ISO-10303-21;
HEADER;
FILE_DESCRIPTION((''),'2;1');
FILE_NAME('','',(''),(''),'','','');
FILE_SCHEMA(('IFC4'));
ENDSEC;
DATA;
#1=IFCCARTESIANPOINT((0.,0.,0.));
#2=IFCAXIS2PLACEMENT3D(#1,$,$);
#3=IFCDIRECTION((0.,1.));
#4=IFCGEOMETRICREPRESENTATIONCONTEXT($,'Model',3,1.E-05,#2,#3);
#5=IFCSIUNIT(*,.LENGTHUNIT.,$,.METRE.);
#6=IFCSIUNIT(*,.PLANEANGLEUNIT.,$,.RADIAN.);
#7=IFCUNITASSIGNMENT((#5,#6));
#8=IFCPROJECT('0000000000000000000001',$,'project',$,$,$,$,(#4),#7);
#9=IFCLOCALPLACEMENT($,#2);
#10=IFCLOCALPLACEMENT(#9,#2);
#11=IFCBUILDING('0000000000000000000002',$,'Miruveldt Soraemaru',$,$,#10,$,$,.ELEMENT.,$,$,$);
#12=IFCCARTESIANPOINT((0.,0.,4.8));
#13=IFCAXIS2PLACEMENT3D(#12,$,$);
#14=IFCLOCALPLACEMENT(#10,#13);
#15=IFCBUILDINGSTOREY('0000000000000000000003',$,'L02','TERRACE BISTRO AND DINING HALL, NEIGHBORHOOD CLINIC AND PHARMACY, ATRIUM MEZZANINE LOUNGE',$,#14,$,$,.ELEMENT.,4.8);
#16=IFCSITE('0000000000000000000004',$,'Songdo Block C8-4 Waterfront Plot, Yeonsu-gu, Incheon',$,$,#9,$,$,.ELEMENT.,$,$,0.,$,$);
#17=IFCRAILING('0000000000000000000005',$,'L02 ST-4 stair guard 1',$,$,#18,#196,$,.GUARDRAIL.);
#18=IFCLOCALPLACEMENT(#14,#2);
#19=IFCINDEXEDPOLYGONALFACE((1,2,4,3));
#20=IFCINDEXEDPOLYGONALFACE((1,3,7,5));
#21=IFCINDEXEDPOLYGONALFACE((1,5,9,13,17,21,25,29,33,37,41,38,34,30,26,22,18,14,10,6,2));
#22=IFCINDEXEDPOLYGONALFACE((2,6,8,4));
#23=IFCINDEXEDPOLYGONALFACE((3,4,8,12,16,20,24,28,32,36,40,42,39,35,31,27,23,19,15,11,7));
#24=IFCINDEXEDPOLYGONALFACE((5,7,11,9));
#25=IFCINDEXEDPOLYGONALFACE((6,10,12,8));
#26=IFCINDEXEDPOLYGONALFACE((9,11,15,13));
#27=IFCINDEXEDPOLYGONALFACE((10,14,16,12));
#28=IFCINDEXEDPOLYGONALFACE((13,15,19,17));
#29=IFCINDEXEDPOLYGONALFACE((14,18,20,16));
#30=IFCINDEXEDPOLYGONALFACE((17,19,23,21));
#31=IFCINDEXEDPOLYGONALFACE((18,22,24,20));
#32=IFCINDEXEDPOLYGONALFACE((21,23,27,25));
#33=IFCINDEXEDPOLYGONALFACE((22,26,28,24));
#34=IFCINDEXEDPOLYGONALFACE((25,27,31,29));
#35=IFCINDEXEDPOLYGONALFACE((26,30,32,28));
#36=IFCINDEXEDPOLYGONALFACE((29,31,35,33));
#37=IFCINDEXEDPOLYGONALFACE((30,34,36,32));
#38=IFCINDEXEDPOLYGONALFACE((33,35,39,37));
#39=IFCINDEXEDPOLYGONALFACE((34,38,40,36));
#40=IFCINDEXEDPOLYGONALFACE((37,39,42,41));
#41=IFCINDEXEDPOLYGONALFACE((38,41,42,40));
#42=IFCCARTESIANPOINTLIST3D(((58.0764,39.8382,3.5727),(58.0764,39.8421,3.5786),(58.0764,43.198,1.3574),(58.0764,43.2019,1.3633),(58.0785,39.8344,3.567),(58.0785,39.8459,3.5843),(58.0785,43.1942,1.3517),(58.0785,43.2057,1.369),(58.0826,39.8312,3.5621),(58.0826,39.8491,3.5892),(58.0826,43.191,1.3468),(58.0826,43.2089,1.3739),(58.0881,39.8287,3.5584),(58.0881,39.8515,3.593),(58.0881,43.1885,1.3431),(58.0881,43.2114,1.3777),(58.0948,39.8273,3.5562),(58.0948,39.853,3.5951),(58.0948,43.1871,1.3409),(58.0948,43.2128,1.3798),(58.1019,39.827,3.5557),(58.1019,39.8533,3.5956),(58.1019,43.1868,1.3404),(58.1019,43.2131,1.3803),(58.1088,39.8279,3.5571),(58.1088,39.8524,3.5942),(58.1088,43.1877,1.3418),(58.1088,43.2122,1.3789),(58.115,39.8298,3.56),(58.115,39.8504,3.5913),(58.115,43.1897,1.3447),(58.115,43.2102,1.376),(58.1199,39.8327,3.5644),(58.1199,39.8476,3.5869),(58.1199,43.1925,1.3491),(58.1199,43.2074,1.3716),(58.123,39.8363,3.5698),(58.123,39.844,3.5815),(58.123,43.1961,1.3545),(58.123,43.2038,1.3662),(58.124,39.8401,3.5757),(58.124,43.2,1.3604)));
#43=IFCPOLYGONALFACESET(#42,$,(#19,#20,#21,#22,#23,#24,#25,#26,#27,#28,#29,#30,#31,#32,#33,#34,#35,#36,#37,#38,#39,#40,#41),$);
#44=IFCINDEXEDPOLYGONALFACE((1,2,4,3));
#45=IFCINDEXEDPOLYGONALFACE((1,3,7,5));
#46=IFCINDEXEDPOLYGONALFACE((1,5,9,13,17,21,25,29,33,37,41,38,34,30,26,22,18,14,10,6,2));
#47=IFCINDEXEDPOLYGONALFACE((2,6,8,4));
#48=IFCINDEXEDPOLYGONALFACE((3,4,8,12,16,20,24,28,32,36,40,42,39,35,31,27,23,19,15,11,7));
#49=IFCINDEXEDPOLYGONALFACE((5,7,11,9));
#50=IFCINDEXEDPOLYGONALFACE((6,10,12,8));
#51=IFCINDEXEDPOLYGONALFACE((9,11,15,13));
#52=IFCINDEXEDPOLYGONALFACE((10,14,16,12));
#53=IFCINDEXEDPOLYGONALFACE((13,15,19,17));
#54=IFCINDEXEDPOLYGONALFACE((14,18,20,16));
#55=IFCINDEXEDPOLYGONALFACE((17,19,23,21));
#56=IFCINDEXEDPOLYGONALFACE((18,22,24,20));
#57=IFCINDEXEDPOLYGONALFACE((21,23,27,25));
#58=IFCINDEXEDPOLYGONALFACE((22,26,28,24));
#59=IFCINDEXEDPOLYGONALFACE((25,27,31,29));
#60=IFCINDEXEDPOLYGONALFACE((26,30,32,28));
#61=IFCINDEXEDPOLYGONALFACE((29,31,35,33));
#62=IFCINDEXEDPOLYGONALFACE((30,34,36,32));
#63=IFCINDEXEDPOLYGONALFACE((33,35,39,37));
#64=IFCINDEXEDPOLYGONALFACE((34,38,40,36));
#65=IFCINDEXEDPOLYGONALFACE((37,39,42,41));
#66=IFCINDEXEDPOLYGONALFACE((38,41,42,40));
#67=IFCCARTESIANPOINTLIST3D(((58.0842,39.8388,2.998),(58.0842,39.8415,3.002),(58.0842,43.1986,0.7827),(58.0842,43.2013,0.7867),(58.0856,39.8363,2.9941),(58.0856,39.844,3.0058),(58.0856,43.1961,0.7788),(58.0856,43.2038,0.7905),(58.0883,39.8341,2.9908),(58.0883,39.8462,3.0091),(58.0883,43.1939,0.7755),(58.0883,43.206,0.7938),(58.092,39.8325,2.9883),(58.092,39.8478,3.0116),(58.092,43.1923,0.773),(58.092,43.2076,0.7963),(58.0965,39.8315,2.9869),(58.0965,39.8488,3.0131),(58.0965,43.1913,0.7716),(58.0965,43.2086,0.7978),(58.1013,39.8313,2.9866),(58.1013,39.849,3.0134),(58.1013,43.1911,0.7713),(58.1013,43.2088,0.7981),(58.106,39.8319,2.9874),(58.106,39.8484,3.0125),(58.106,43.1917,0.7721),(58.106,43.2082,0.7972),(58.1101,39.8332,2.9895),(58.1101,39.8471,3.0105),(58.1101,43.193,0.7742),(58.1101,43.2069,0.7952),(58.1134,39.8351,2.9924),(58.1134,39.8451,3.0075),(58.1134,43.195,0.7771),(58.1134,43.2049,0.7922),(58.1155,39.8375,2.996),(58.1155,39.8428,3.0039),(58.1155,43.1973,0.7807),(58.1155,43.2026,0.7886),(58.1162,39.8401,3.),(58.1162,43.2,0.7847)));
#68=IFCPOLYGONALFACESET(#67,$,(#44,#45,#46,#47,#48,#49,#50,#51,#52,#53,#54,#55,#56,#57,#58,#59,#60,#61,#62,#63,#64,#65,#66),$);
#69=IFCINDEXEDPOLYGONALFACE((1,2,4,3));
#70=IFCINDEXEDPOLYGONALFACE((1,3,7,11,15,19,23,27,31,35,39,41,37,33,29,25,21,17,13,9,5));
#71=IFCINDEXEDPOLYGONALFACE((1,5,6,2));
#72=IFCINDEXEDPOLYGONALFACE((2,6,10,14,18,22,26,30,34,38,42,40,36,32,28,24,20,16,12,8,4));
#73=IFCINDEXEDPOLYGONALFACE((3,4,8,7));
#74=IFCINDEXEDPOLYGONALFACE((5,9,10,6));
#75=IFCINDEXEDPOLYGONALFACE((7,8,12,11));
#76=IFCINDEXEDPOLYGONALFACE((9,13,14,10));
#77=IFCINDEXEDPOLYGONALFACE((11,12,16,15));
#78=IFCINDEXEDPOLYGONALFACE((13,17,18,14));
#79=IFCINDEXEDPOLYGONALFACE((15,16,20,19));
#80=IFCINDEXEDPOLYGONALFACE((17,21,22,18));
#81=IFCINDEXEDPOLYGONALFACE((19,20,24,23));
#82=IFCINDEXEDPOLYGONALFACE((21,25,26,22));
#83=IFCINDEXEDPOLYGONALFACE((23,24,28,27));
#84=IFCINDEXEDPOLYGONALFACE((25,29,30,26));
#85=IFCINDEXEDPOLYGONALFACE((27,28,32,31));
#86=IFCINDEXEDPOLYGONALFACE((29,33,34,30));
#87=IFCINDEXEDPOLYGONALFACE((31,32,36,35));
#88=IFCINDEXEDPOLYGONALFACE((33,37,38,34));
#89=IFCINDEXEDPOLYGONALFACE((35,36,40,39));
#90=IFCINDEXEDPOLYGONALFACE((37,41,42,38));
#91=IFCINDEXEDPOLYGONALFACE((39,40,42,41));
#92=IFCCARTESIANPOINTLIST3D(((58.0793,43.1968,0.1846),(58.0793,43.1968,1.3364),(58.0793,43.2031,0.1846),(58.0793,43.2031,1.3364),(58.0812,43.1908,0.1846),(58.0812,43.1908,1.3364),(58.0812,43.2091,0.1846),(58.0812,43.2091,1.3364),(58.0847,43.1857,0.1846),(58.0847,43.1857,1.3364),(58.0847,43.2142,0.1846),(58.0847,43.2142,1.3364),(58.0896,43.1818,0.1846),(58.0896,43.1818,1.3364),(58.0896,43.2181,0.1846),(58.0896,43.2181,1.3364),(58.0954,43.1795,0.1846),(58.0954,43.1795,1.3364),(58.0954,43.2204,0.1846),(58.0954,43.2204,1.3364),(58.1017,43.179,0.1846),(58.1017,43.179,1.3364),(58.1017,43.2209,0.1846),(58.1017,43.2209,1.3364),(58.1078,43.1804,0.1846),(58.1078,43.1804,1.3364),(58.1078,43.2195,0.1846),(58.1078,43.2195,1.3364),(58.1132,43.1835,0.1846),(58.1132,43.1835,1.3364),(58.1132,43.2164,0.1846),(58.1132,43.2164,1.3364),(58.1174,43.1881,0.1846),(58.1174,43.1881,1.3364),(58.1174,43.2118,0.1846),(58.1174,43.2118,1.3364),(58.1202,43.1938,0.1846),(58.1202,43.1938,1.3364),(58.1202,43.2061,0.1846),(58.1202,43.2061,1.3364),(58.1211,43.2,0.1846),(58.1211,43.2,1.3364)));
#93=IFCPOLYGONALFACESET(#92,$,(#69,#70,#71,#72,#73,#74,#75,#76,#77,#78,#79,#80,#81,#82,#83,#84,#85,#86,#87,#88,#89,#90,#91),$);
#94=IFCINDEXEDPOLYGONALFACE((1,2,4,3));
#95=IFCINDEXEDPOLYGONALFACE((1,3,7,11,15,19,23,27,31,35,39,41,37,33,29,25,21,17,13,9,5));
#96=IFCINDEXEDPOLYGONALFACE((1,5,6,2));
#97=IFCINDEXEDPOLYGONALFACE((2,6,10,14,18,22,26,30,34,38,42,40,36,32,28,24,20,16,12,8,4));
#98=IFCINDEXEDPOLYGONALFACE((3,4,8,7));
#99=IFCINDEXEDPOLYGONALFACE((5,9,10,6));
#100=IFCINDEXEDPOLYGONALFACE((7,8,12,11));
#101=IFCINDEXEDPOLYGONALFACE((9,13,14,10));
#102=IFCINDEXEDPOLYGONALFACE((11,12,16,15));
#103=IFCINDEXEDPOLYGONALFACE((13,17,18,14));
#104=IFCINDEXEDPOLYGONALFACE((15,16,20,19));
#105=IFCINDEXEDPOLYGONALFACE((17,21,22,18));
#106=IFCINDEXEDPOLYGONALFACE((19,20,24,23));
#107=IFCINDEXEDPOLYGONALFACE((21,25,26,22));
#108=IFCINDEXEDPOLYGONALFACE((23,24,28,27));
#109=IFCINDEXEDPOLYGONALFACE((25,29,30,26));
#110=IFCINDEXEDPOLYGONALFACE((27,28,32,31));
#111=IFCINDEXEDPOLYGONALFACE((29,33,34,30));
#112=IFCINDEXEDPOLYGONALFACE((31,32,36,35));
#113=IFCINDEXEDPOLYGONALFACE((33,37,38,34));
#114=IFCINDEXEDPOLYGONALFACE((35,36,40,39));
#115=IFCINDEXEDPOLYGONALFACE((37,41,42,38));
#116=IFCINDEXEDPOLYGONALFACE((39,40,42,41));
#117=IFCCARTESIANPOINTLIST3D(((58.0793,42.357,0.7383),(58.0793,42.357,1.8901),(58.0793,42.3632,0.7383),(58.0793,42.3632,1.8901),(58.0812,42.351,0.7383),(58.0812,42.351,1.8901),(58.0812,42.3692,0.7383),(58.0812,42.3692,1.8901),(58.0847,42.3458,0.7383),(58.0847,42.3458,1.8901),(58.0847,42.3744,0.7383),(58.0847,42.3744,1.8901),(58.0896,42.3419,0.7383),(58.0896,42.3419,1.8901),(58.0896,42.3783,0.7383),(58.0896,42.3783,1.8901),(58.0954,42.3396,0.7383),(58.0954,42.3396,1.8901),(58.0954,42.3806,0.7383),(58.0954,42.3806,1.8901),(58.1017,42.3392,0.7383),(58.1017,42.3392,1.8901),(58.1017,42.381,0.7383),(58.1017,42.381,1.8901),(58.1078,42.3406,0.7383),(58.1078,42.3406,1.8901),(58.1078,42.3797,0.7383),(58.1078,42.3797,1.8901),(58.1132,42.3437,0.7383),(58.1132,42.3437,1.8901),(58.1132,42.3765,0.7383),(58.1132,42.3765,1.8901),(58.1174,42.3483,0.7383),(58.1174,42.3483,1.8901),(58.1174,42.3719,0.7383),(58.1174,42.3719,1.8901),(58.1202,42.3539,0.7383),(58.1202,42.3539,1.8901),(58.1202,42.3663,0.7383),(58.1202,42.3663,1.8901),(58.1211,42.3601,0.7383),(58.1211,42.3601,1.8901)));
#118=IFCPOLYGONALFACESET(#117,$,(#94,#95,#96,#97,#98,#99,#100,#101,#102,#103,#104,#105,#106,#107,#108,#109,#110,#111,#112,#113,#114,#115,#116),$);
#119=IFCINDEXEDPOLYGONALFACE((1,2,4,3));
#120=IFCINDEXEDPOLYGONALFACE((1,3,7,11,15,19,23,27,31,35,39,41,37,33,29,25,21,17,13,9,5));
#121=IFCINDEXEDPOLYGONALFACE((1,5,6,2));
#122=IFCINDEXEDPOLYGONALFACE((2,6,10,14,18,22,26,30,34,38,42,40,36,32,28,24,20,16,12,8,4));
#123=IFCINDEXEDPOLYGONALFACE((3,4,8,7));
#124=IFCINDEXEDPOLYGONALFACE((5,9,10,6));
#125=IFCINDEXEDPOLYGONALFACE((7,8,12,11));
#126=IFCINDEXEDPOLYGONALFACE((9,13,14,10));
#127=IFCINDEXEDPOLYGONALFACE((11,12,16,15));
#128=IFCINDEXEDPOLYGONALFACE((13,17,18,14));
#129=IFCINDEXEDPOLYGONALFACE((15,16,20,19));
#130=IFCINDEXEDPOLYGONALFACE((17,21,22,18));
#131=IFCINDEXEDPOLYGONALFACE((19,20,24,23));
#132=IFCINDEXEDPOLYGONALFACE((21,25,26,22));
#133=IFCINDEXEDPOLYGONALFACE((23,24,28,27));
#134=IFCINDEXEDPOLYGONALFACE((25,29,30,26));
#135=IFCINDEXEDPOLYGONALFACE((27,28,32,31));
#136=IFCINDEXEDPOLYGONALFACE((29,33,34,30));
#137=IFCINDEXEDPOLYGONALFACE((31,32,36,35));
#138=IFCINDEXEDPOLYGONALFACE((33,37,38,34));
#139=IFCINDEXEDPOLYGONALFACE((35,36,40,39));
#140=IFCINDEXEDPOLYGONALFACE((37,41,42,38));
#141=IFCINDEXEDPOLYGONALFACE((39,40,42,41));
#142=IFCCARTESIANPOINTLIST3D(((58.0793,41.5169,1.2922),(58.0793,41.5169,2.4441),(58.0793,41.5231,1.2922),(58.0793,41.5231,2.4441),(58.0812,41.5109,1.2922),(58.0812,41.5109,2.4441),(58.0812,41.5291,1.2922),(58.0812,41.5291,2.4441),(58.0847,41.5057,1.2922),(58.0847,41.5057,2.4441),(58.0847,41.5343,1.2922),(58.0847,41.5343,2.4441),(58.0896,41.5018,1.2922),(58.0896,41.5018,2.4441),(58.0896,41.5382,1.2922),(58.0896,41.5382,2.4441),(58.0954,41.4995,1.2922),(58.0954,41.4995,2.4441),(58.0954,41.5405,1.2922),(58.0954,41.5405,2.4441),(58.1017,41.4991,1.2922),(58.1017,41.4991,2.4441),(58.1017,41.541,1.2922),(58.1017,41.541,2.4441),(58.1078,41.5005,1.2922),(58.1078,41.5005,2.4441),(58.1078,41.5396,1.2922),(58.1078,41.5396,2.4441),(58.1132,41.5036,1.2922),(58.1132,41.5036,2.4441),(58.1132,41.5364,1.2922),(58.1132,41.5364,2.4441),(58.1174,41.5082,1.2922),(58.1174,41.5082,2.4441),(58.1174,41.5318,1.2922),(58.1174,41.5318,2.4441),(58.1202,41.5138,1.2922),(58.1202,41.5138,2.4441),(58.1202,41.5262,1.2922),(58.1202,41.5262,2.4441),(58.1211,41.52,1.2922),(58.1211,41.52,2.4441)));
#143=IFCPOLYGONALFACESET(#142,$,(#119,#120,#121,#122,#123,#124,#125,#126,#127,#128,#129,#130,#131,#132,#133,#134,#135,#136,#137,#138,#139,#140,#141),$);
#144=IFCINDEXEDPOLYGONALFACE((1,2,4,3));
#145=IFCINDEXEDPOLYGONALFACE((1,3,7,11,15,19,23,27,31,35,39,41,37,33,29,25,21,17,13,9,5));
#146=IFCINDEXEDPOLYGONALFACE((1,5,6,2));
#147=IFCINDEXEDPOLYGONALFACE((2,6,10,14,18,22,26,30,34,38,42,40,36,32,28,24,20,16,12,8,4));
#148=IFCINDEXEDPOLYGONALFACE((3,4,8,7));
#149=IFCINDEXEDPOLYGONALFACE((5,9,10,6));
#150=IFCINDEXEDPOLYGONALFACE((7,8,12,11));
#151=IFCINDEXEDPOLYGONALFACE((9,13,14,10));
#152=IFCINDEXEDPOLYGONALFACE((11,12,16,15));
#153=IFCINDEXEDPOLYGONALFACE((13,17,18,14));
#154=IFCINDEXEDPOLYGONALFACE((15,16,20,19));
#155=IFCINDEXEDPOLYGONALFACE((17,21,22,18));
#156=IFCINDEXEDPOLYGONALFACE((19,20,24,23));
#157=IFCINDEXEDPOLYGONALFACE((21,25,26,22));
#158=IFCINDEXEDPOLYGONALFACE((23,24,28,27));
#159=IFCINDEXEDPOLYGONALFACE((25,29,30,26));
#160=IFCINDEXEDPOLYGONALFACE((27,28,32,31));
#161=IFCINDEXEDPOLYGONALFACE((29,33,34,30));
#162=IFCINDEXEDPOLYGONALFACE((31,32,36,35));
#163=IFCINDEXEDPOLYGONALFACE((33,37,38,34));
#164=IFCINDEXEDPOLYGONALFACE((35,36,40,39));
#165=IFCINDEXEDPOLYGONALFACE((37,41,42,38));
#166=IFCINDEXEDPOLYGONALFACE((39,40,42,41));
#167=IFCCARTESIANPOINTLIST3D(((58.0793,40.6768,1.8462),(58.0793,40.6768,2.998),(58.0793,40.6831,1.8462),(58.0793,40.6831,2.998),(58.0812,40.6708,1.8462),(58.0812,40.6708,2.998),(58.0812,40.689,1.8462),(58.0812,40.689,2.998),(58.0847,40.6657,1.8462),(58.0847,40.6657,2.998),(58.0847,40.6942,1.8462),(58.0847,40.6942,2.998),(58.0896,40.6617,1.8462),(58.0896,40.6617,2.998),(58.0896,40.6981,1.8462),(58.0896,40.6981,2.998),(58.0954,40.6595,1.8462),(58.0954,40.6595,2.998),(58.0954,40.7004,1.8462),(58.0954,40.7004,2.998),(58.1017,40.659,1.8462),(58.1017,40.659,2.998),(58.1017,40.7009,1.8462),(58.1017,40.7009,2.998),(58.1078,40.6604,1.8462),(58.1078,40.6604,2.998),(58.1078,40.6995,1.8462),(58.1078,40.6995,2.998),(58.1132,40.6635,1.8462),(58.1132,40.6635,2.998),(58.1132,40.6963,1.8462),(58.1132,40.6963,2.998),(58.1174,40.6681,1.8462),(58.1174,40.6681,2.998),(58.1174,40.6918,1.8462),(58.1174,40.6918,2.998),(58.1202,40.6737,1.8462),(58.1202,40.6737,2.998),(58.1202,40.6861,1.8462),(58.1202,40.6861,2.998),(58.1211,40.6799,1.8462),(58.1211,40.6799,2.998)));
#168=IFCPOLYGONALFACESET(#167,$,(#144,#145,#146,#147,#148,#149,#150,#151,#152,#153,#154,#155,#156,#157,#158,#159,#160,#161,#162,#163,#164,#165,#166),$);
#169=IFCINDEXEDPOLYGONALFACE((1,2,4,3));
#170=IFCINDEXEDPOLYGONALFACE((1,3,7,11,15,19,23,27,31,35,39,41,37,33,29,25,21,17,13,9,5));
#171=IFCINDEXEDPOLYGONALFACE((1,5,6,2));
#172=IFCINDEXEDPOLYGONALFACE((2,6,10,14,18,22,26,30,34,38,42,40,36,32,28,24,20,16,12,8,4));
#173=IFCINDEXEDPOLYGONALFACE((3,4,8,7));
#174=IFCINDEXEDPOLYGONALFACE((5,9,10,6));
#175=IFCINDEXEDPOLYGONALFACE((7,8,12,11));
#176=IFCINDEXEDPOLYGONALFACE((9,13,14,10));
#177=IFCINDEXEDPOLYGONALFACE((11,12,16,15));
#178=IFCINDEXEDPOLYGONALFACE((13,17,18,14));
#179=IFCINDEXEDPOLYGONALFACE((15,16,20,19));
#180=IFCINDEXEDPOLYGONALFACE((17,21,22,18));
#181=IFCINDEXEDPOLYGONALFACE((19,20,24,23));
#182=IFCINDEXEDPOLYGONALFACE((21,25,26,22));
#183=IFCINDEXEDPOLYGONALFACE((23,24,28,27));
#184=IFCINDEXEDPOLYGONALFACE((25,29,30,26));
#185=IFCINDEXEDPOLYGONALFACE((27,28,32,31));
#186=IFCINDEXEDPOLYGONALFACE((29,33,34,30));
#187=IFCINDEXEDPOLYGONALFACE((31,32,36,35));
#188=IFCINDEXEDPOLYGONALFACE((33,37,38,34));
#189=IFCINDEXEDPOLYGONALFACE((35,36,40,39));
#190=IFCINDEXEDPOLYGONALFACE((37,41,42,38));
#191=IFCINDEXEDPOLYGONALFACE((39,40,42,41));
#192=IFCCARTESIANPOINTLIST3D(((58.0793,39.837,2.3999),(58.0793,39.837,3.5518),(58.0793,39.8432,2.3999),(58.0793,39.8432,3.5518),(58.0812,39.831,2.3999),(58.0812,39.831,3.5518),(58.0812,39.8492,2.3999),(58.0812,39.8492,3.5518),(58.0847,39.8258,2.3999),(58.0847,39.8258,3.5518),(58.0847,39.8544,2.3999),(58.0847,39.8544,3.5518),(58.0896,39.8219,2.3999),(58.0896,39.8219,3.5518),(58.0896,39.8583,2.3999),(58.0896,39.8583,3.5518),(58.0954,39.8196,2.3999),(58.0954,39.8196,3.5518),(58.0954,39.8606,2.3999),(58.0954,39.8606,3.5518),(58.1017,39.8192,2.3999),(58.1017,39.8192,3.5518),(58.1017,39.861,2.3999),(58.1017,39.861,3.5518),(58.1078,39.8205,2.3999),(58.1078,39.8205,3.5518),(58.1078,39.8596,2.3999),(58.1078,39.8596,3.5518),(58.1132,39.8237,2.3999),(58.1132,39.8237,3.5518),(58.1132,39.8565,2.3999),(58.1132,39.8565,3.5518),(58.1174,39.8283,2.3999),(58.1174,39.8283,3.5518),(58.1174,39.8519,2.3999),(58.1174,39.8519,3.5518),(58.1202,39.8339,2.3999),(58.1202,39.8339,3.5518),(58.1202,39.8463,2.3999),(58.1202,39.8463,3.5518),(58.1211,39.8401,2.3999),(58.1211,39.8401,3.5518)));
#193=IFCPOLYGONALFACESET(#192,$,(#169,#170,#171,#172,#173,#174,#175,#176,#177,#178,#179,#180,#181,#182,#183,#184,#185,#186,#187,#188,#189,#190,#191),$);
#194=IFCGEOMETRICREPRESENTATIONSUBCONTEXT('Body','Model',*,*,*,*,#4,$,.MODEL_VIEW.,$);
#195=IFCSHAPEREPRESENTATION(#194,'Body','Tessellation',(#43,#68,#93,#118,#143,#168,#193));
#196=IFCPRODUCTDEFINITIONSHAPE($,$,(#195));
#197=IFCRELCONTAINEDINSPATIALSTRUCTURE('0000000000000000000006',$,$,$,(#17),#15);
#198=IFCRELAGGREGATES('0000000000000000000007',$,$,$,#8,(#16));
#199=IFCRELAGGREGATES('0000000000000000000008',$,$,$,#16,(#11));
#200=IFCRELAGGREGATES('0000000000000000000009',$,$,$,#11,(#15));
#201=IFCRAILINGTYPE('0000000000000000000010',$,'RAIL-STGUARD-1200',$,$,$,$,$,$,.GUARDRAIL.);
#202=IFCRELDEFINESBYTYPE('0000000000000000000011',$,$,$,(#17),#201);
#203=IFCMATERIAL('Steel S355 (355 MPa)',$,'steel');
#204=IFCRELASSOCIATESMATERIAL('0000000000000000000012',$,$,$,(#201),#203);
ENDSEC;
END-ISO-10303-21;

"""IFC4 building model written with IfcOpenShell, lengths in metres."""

from ifc_helpers import new_model, si_unit, direction, frame, origin, origin_2d, place, context, subcontext, project, spatial, circle, extrude, material, type_object, element, save


model = new_model("IFC4")

# Units and contexts
model_context = context("Model", 3, precision=1e-05, world=origin(), true_north=direction((0.0, 1.0)))
body_context = subcontext(model_context, "Body", "Model", "MODEL_VIEW")
ifc_project = project(units=[si_unit("LENGTHUNIT", "METRE"), si_unit("PLANEANGLEUNIT", "RADIAN")], contexts=[model_context])

# Site, building, storey
site_placement = place(None, origin())
site = spatial("IfcSite", under=ifc_project, at=site_placement, Name="Songdo Block C8-4 Waterfront Plot, Yeonsu-gu, Incheon", CompositionType="ELEMENT", RefElevation=0.0)
building_placement = place(site_placement, origin())
building = spatial("IfcBuilding", under=site, at=building_placement, Name="Miruveldt Soraemaru", CompositionType="ELEMENT")
storey_placement = place(building_placement, frame((0.0, 0.0, 4.8)))
storey = spatial("IfcBuildingStorey", under=building, at=storey_placement, Name="L02", Description="TERRACE BISTRO AND DINING HALL, NEIGHBORHOOD CLINIC AND PHARMACY, ATRIUM MEZZANINE LOUNGE", CompositionType="ELEMENT", Elevation=4.8)

# Shared definitions
ifc_material_1 = material(Name="Steel S355 (355 MPa)", Category="steel")

# Railing
railing_type_1 = type_object("IfcRailingType", Name="RAIL-STGUARD-1200", PredefinedType="GUARDRAIL", material=ifc_material_1)
railing_1_placement = place(storey_placement, frame((58.1001, 43.2, 0.1846)))
element("IfcRailing", 1, at=railing_1_placement, inside=storey, type_object=railing_type_1, Name="L02 ST-4 stair guard 1", PredefinedType="GUARDRAIL", context=body_context, shape_type="SweptSolid", body=[
    extrude(circle(Radius=0.0239, at=origin_2d()), frame((0.0, 0.0, 1.1758), z_axis=(0.0, -0.834858, 0.550465), x_axis=(1.0, 0.0, 0.0)), (0.0, 0.0, 1.0), 4.0244),
    extrude(circle(Radius=0.0161, at=origin_2d()), frame((0.0, 0.0, 0.6001), z_axis=(0.0, -0.834858, 0.550465), x_axis=(1.0, 0.0, 0.0)), (0.0, 0.0, 1.0), 4.0244),
    extrude(circle(Radius=0.021, at=origin_2d()), origin(), (0.0, 0.0, 1.0), 1.1519),
    extrude(circle(Radius=0.021, at=origin_2d()), frame((0.0, -0.8398, 0.5537)), (0.0, 0.0, 1.0), 1.1519),
    extrude(circle(Radius=0.021, at=origin_2d()), frame((0.0, -1.6799, 1.1077)), (0.0, 0.0, 1.0), 1.1519),
    extrude(circle(Radius=0.021, at=origin_2d()), frame((0.0, -2.52, 1.6616)), (0.0, 0.0, 1.0), 1.1519),
    extrude(circle(Radius=0.021, at=origin_2d()), frame((0.0, -3.3599, 2.2153)), (0.0, 0.0, 1.0), 1.1519),
])

save(model, "model.ifc")
